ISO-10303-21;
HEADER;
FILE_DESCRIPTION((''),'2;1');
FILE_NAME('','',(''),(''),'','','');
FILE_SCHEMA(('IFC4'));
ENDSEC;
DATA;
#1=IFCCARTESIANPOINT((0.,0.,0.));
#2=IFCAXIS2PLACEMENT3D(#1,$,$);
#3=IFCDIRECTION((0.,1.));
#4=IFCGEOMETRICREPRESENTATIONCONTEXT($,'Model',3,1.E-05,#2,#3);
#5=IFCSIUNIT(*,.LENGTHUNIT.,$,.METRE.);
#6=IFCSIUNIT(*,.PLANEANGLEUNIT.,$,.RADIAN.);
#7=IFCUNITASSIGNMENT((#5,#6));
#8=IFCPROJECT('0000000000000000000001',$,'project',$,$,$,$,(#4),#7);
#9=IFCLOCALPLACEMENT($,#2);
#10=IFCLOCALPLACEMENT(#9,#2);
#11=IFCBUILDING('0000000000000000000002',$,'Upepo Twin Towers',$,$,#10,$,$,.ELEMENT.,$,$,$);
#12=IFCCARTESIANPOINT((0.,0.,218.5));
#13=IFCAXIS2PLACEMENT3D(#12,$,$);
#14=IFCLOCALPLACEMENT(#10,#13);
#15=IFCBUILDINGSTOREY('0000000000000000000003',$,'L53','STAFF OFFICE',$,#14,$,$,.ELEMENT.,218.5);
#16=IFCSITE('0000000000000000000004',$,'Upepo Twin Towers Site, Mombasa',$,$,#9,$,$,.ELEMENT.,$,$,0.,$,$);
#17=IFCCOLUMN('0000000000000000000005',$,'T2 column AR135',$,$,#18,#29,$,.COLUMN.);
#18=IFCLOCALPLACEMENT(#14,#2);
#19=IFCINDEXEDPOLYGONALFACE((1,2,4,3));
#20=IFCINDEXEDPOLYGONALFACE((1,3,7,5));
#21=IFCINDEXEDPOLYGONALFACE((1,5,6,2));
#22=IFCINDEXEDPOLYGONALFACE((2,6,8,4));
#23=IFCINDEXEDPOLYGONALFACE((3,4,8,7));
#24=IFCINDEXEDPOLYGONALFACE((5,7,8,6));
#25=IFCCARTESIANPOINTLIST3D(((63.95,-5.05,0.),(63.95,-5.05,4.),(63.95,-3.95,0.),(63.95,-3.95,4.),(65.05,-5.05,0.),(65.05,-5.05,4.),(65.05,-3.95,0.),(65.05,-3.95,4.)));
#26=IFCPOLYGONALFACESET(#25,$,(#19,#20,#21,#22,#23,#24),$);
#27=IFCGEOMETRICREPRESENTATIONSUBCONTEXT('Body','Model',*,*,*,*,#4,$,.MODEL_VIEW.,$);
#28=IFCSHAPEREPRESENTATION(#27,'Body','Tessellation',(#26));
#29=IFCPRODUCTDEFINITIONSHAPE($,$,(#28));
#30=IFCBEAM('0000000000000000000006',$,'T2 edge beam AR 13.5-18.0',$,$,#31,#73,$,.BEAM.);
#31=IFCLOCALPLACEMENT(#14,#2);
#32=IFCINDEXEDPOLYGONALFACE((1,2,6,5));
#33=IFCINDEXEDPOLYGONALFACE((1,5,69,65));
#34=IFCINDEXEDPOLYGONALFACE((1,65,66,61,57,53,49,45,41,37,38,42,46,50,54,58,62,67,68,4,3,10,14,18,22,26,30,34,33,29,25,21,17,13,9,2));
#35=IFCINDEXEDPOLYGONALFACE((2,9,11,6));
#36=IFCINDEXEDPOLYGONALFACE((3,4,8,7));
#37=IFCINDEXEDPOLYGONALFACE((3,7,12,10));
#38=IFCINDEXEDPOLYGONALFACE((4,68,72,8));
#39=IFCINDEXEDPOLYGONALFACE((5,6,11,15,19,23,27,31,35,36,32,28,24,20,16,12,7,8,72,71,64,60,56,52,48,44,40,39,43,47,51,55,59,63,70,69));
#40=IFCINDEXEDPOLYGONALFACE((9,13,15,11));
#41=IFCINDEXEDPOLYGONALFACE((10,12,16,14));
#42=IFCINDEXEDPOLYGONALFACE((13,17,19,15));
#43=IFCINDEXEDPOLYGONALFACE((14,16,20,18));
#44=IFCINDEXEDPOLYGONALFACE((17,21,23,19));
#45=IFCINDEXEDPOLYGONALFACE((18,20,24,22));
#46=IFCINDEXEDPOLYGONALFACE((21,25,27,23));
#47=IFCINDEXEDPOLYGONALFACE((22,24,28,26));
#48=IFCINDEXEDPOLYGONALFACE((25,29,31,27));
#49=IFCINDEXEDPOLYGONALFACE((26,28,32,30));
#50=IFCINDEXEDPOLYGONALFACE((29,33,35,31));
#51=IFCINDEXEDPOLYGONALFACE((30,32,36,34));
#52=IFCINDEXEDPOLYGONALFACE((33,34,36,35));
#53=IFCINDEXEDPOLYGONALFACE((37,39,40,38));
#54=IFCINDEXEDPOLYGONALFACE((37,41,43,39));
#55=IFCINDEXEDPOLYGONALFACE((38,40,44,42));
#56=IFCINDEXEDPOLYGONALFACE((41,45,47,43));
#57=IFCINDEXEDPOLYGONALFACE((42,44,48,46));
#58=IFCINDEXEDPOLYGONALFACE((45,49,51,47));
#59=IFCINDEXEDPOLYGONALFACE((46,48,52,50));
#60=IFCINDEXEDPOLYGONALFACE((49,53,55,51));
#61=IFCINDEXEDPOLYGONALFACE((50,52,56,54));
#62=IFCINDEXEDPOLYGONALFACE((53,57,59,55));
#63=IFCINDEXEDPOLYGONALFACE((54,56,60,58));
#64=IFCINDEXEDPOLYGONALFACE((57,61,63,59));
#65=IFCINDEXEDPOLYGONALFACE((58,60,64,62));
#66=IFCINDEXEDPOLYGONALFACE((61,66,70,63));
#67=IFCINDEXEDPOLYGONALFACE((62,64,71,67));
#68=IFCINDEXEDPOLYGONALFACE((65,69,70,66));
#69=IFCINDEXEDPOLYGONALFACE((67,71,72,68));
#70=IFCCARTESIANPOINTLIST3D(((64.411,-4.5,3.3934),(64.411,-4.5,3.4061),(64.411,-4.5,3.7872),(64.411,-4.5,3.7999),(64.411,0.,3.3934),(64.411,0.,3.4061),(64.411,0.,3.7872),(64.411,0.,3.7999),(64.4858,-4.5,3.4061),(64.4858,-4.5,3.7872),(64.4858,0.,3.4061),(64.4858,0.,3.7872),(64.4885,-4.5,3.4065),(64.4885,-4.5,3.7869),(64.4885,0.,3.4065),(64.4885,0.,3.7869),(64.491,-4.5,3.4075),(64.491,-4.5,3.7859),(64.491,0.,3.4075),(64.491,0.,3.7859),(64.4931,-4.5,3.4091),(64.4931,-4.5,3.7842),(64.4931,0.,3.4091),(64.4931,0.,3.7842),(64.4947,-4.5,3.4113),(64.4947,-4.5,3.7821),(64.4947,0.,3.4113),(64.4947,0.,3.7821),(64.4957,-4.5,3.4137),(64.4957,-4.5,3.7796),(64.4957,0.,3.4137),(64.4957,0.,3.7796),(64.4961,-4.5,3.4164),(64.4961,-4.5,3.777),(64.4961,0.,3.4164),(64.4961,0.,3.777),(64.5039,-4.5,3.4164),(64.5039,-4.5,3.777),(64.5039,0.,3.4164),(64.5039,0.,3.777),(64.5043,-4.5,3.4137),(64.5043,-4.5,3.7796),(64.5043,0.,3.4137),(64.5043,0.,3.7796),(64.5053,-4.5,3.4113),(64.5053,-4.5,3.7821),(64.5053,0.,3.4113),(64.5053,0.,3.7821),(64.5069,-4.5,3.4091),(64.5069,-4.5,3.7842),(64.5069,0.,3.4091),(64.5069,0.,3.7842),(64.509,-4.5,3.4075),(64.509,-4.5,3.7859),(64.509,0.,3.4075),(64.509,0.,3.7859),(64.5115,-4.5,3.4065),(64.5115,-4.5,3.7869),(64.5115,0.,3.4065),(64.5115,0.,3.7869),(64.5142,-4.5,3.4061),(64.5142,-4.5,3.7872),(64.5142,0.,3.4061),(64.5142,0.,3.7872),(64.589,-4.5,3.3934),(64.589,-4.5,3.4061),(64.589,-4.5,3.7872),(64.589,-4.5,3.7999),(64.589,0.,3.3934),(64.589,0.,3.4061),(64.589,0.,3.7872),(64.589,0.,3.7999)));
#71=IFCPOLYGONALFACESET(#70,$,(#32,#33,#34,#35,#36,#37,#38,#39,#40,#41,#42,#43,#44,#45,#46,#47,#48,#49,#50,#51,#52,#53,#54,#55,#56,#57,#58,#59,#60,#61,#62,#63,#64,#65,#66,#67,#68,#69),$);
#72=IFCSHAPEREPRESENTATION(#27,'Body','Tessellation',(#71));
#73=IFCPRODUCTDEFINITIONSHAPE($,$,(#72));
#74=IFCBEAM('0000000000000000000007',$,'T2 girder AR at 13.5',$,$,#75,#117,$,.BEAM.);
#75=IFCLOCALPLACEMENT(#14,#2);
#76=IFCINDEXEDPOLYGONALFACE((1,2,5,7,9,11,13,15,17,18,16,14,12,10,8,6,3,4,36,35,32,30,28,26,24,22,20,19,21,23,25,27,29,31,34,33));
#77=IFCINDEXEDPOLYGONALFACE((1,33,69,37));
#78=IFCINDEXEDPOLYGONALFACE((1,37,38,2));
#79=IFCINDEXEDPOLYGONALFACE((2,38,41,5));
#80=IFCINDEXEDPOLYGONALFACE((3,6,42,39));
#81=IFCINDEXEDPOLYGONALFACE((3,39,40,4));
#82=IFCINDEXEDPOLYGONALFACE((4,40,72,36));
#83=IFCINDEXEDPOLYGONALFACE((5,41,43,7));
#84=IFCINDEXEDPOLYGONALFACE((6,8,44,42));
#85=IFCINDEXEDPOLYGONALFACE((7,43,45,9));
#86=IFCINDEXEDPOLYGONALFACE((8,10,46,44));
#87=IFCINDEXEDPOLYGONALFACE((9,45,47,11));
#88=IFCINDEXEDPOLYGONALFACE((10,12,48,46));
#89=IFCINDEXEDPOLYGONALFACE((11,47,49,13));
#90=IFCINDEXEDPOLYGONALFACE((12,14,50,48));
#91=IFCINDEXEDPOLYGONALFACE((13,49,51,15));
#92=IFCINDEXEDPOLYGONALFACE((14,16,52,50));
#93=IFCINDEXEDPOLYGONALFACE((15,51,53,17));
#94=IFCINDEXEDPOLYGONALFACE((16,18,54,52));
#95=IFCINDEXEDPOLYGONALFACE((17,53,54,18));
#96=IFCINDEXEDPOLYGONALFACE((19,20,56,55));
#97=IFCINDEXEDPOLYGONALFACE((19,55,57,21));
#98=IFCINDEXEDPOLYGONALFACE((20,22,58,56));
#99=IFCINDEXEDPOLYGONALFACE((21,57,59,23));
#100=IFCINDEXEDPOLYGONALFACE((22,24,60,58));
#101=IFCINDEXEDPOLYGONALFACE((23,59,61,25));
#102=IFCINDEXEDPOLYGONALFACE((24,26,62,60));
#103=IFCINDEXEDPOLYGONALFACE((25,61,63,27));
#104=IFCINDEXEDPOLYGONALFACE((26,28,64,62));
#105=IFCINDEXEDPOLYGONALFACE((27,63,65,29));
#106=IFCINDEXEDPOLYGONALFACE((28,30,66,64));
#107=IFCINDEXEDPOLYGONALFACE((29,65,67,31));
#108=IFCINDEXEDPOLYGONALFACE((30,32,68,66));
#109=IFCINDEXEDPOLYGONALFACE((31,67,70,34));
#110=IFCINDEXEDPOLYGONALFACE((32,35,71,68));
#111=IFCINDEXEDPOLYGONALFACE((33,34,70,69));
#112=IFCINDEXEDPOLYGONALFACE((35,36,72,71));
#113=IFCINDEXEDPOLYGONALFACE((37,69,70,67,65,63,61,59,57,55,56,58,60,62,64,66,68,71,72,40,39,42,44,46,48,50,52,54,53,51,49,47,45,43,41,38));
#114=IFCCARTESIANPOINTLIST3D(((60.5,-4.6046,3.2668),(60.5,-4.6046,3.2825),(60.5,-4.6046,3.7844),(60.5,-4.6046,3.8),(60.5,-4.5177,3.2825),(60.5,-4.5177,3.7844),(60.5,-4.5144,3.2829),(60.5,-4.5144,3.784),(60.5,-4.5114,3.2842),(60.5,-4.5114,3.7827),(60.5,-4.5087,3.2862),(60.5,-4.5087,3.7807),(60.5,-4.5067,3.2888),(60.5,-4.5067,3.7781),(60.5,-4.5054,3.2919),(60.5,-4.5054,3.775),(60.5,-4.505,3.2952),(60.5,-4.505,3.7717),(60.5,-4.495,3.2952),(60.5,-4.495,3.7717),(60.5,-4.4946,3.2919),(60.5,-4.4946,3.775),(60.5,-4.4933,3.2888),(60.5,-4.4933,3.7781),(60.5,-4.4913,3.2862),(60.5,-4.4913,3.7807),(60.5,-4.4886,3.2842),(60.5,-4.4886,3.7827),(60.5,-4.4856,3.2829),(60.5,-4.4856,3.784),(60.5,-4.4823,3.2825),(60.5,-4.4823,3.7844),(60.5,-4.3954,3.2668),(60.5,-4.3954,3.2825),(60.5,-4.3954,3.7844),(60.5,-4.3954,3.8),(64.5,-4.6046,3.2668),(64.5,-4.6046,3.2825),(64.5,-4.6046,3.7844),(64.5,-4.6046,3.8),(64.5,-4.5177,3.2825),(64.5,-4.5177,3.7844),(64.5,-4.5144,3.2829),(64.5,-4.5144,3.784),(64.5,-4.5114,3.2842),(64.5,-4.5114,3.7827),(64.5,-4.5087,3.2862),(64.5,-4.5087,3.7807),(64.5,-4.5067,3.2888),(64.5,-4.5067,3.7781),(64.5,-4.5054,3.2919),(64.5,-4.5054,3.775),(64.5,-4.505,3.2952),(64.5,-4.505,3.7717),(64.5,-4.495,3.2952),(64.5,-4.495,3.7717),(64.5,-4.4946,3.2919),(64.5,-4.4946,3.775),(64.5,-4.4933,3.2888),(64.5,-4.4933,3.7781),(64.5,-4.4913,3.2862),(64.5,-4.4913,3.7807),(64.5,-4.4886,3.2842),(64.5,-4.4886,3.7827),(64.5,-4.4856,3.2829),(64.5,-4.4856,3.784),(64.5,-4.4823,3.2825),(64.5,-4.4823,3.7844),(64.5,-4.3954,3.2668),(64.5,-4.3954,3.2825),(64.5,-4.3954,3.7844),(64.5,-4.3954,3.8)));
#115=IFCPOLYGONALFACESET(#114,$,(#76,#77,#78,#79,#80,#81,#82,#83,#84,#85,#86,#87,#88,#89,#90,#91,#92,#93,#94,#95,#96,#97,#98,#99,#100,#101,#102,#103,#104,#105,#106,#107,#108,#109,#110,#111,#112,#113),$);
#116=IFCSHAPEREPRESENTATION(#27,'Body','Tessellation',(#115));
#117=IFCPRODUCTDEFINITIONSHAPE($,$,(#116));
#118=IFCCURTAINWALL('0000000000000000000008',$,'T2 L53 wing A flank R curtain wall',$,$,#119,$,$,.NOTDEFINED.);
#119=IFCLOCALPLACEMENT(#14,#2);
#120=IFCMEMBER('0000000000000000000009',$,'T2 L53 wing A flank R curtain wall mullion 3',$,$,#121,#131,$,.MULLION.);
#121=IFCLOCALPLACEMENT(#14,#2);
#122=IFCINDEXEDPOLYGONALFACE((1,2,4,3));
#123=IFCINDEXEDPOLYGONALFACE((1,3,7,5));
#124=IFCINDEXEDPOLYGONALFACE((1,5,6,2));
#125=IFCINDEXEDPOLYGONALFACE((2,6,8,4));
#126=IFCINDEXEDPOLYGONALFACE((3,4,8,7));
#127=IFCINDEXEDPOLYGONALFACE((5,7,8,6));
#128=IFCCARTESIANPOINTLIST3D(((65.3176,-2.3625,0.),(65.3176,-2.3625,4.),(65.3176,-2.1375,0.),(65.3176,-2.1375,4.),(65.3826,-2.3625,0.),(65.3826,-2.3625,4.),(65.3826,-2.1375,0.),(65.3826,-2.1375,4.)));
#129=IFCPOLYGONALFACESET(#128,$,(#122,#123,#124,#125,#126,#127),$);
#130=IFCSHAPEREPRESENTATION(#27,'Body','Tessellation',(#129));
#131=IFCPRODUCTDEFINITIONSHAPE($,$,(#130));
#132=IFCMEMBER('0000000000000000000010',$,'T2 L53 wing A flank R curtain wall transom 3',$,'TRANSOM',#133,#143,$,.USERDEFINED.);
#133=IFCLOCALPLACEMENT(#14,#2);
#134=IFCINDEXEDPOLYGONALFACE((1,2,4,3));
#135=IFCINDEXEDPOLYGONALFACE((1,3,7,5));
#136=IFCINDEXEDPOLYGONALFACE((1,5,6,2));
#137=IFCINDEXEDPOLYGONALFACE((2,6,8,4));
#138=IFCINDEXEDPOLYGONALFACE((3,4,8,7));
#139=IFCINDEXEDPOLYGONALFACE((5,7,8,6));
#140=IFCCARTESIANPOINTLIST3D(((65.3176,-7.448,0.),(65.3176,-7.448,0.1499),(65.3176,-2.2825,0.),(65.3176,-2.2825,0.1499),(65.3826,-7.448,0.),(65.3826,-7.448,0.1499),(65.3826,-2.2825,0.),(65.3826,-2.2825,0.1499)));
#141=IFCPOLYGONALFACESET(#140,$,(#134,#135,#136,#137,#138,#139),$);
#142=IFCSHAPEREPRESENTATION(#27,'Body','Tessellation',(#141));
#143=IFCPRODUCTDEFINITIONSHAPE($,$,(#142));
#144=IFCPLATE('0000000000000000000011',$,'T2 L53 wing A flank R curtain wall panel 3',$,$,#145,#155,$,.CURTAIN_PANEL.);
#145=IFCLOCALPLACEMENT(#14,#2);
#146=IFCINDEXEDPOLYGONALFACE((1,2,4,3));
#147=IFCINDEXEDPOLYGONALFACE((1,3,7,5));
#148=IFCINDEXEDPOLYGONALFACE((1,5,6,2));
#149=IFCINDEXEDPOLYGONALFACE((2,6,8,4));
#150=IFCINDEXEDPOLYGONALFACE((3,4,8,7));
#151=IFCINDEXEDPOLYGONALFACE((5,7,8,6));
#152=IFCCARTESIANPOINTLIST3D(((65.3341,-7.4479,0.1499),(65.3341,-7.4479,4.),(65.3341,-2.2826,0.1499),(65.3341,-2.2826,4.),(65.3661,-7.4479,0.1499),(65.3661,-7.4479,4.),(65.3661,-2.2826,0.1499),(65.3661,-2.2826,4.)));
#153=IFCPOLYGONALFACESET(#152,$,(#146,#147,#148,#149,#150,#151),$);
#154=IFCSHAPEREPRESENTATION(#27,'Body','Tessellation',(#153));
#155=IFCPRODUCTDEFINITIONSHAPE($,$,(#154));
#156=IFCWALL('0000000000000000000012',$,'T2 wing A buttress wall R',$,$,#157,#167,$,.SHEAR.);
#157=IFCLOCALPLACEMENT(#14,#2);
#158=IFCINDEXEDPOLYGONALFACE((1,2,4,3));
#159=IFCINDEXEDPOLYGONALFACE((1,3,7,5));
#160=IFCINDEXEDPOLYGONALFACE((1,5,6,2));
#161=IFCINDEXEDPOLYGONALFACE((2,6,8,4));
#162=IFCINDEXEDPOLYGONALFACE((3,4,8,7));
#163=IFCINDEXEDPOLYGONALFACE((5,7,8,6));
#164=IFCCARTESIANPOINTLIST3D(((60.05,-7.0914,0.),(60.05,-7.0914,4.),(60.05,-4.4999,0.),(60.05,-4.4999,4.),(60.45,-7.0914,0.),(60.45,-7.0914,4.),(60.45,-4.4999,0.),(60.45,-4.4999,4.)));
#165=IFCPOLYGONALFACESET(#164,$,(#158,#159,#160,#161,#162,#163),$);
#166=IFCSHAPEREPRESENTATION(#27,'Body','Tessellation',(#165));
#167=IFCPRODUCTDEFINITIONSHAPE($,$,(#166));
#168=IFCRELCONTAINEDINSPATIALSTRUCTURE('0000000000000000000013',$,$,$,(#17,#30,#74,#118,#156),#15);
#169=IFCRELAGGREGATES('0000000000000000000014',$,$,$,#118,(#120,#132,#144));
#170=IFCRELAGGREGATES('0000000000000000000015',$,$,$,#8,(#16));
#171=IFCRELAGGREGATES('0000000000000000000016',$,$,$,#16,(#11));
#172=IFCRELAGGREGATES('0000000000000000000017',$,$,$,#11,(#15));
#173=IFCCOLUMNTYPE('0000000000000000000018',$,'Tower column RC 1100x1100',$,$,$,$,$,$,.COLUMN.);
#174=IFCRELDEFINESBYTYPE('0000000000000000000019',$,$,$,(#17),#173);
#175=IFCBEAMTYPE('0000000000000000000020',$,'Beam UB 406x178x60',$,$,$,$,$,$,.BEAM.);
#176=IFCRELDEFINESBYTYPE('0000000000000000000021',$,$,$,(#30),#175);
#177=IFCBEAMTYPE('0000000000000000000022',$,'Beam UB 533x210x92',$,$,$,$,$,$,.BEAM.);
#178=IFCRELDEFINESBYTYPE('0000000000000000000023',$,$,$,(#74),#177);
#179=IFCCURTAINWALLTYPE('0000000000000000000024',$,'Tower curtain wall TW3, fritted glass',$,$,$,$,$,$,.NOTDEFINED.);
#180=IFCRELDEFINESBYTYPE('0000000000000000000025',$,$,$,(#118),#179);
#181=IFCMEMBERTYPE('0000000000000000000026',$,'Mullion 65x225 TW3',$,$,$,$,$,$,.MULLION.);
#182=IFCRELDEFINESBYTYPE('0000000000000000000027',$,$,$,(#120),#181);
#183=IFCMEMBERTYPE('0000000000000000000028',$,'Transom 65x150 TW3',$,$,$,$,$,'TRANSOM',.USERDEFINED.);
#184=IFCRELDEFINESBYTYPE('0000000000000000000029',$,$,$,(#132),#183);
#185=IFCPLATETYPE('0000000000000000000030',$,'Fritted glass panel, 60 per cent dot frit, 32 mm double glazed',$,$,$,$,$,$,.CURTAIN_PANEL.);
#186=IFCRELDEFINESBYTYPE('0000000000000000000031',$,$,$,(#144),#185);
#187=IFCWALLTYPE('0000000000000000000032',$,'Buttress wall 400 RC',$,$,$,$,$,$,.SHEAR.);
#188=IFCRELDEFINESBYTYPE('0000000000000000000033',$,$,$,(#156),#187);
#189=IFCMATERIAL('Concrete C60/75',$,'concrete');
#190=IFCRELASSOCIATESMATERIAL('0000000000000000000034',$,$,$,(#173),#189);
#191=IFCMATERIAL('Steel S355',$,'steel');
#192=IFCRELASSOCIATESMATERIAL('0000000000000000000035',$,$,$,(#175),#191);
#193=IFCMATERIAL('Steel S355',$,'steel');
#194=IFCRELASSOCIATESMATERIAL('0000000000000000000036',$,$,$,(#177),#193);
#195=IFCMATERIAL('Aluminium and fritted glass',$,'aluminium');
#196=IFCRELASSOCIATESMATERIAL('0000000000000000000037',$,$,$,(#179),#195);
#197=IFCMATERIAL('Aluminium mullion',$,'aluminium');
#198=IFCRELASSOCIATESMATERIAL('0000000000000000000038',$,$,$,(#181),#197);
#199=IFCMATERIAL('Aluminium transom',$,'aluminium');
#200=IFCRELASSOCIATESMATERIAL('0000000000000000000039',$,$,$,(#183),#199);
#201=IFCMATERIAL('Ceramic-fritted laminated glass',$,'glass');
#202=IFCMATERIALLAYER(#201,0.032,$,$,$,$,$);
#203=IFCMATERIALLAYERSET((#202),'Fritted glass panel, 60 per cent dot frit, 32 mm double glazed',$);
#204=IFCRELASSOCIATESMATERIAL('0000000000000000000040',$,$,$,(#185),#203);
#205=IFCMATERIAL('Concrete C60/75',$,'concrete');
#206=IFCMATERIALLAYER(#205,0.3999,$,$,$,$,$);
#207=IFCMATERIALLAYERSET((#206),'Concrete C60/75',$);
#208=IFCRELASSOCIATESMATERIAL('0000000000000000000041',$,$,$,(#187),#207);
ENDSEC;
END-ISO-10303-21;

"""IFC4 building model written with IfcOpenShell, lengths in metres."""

from ifc_helpers import new_model, si_unit, direction, frame, frame_2d, origin, origin_2d, place, context, subcontext, project, spatial, rectangle, i_section, extrude, material, layer, layer_set, material_profile, profile_set, type_object, element, aggregate, save


model = new_model("IFC4")

# Units and contexts
model_context = context("Model", 3, precision=1e-05, world=origin(), true_north=direction((0.0, 1.0)))
body_context = subcontext(model_context, "Body", "Model", "MODEL_VIEW")
ifc_project = project(units=[si_unit("LENGTHUNIT", "METRE"), si_unit("PLANEANGLEUNIT", "RADIAN")], contexts=[model_context])

# Site, building, storey
site_placement = place(None, origin())
site = spatial("IfcSite", under=ifc_project, at=site_placement, Name="Upepo Twin Towers Site, Mombasa", CompositionType="ELEMENT", RefElevation=0.0)
building_placement = place(site_placement, origin())
building = spatial("IfcBuilding", under=site, at=building_placement, Name="Upepo Twin Towers", CompositionType="ELEMENT")
storey_placement = place(building_placement, frame((0.0, 0.0, 218.5)))
storey = spatial("IfcBuildingStorey", under=building, at=storey_placement, Name="L53", Description="STAFF OFFICE", CompositionType="ELEMENT", Elevation=218.5)

# Column
ifc_material_1 = material(Name="Concrete C60/75", Category="concrete")
ifc_material_profile_1 = material_profile(ifc_material_1, rectangle(XDim=1.1001, YDim=1.1001, at=origin_2d()), Name="RC 1100x1100")
ifc_profile_set_1 = profile_set([ifc_material_profile_1], Name="Concrete C60/75")
column_type = type_object("IfcColumnType", Name="Tower column RC 1100x1100", PredefinedType="COLUMN", material=ifc_profile_set_1)
column_placement = place(storey_placement, frame((64.5, -4.5, 0.0), z_axis=(0.0, 0.0, 1.0), x_axis=(1.0, 0.0, 0.0)))
element("IfcColumn", 1, at=column_placement, inside=storey, type_object=column_type, Name="T2 column AR135", PredefinedType="COLUMN", context=body_context, shape_type="SweptSolid", body=[
    extrude(rectangle(XDim=1.1001, YDim=1.1001, at=origin_2d()), origin(), (0.0, 0.0, 1.0), 4.0),
])

# Beams
ifc_material_2 = material(Name="Steel S355", Category="steel")
ifc_material_profile_2 = material_profile(ifc_material_2, i_section(OverallWidth=0.178, OverallDepth=0.4065, WebThickness=0.0078, FlangeThickness=0.0127, FilletRadius=0.0103, at=origin_2d()), Name="UB 406x178x60")
ifc_profile_set_2 = profile_set([ifc_material_profile_2], Name="Steel S355")
beam_type_1 = type_object("IfcBeamType", Name="Beam UB 406x178x60", PredefinedType="BEAM", material=ifc_profile_set_2)
beam_1_placement = place(storey_placement, frame((64.5, -4.5, 3.5967), z_axis=(0.0, 1.0, 0.0), x_axis=(-1.0, 0.0, 0.0)))
element("IfcBeam", 2, at=beam_1_placement, inside=storey, type_object=beam_type_1, Name="T2 edge beam AR 13.5-18.0", PredefinedType="BEAM", context=body_context, shape_type="SweptSolid", body=[
    extrude(i_section(OverallWidth=0.178, OverallDepth=0.4065, WebThickness=0.0078, FlangeThickness=0.0127, FilletRadius=0.0103, at=origin_2d()), origin(), (0.0, 0.0, 1.0), 4.5),
])
ifc_material_3 = material(Name="Steel S355", Category="steel")
ifc_material_profile_3 = material_profile(ifc_material_3, i_section(OverallWidth=0.2092, OverallDepth=0.5332, WebThickness=0.01, FlangeThickness=0.0156, FilletRadius=0.0127, at=origin_2d()), Name="UB 533x210x92")
ifc_profile_set_3 = profile_set([ifc_material_profile_3], Name="Steel S355")
beam_type_2 = type_object("IfcBeamType", Name="Beam UB 533x210x92", PredefinedType="BEAM", material=ifc_profile_set_3)
beam_2_placement = place(storey_placement, frame((64.5, -4.5, 3.5334), z_axis=(-1.0, 0.0, 0.0), x_axis=(0.0, -1.0, 0.0)))
element("IfcBeam", 3, at=beam_2_placement, inside=storey, type_object=beam_type_2, Name="T2 girder AR at 13.5", PredefinedType="BEAM", context=body_context, shape_type="SweptSolid", body=[
    extrude(i_section(OverallWidth=0.2092, OverallDepth=0.5332, WebThickness=0.01, FlangeThickness=0.0156, FilletRadius=0.0127, at=origin_2d()), origin(), (0.0, 0.0, 1.0), 4.0),
])

# Curtain wall, members, plate
ifc_material_4 = material(Name="Aluminium and fritted glass", Category="aluminium")
curtain_wall_type = type_object("IfcCurtainWallType", Name="Tower curtain wall TW3, fritted glass", PredefinedType="NOTDEFINED", material=ifc_material_4)
curtain_wall_placement = place(storey_placement, origin())
curtain_wall = element("IfcCurtainWall", 4, at=curtain_wall_placement, inside=storey, type_object=curtain_wall_type, Name="T2 L53 wing A flank R curtain wall", PredefinedType="NOTDEFINED")
ifc_material_5 = material(Name="Aluminium mullion", Category="aluminium")
ifc_material_profile_4 = material_profile(ifc_material_5, rectangle(XDim=0.0649, YDim=0.2251, at=origin_2d()), Name="MULLION 65x225")
ifc_profile_set_4 = profile_set([ifc_material_profile_4], Name="Aluminium mullion")
member_type_1 = type_object("IfcMemberType", Name="Mullion 65x225 TW3", PredefinedType="MULLION", material=ifc_profile_set_4)
member_1_placement = place(storey_placement, frame((65.3501, -2.25, 0.0), z_axis=(0.0, 0.0, 1.0), x_axis=(1.0, 0.0, 0.0)))
member_1 = element("IfcMember", 5, at=member_1_placement, type_object=member_type_1, Name="T2 L53 wing A flank R curtain wall mullion 3", PredefinedType="MULLION", context=body_context, shape_type="SweptSolid", body=[
    extrude(rectangle(XDim=0.0649, YDim=0.2251, at=origin_2d()), origin(), (0.0, 0.0, 1.0), 4.0),
])
ifc_material_6 = material(Name="Aluminium transom", Category="aluminium")
ifc_material_profile_5 = material_profile(ifc_material_6, rectangle(XDim=0.0649, YDim=0.1499, at=origin_2d()), Name="TRANSOM 65x150")
ifc_profile_set_5 = profile_set([ifc_material_profile_5], Name="Aluminium transom")
member_type_2 = type_object("IfcMemberType", Name="Transom 65x150 TW3", ElementType="TRANSOM", PredefinedType="USERDEFINED", material=ifc_profile_set_5)
member_2_placement = place(storey_placement, frame((65.3501, -2.2825, 0.075), z_axis=(0.0, -1.0, 0.0), x_axis=(1.0, 0.0, 0.0)))
member_2 = element("IfcMember", 6, at=member_2_placement, type_object=member_type_2, Name="T2 L53 wing A flank R curtain wall transom 3", ObjectType="TRANSOM", PredefinedType="USERDEFINED", context=body_context, shape_type="SweptSolid", body=[
    extrude(rectangle(XDim=0.0649, YDim=0.1499, at=origin_2d()), origin(), (0.0, 0.0, 1.0), 5.1655),
])
ifc_material_7 = material(Name="Ceramic-fritted laminated glass", Category="glass")
ifc_layer_1 = layer(ifc_material_7, 0.032)
ifc_layer_set_1 = layer_set([ifc_layer_1], Name="Fritted glass panel, 60 per cent dot frit, 32 mm double glazed")
plate_type = type_object("IfcPlateType", Name="Fritted glass panel, 60 per cent dot frit, 32 mm double glazed", PredefinedType="CURTAIN_PANEL", material=ifc_layer_set_1)
plate_placement = place(storey_placement, frame((65.3501, -4.8652, 0.1499), z_axis=(0.0, 0.0, 1.0), x_axis=(0.0, -1.0, 0.0)))
plate = element("IfcPlate", 7, at=plate_placement, type_object=plate_type, Name="T2 L53 wing A flank R curtain wall panel 3", PredefinedType="CURTAIN_PANEL", context=body_context, shape_type="SweptSolid", body=[
    extrude(rectangle(XDim=5.1653, YDim=0.032, at=origin_2d()), origin(), (0.0, 0.0, 1.0), 3.8501),
])
aggregate(curtain_wall, [member_1, member_2, plate])

# Wall
ifc_material_8 = material(Name="Concrete C60/75", Category="concrete")
ifc_layer_2 = layer(ifc_material_8, 0.3999)
ifc_layer_set_2 = layer_set([ifc_layer_2], Name="Concrete C60/75")
wall_type_1 = type_object("IfcWallType", Name="Buttress wall 400 RC", PredefinedType="SHEAR", material=ifc_layer_set_2)
wall_1_placement = place(storey_placement, frame((60.25, -7.0916, 0.0), z_axis=(0.0, 0.0, 1.0), x_axis=(0.0, 1.0, 0.0)))
element("IfcWall", 8, at=wall_1_placement, inside=storey, type_object=wall_type_1, Name="T2 wing A buttress wall R", PredefinedType="SHEAR", context=body_context, shape_type="SweptSolid", body=[
    extrude(rectangle(XDim=2.5916, YDim=0.3999, at=frame_2d((1.2959, 0.0))), origin(), (0.0, 0.0, 1.0), 4.0),
])

save(model, "model.ifc")
